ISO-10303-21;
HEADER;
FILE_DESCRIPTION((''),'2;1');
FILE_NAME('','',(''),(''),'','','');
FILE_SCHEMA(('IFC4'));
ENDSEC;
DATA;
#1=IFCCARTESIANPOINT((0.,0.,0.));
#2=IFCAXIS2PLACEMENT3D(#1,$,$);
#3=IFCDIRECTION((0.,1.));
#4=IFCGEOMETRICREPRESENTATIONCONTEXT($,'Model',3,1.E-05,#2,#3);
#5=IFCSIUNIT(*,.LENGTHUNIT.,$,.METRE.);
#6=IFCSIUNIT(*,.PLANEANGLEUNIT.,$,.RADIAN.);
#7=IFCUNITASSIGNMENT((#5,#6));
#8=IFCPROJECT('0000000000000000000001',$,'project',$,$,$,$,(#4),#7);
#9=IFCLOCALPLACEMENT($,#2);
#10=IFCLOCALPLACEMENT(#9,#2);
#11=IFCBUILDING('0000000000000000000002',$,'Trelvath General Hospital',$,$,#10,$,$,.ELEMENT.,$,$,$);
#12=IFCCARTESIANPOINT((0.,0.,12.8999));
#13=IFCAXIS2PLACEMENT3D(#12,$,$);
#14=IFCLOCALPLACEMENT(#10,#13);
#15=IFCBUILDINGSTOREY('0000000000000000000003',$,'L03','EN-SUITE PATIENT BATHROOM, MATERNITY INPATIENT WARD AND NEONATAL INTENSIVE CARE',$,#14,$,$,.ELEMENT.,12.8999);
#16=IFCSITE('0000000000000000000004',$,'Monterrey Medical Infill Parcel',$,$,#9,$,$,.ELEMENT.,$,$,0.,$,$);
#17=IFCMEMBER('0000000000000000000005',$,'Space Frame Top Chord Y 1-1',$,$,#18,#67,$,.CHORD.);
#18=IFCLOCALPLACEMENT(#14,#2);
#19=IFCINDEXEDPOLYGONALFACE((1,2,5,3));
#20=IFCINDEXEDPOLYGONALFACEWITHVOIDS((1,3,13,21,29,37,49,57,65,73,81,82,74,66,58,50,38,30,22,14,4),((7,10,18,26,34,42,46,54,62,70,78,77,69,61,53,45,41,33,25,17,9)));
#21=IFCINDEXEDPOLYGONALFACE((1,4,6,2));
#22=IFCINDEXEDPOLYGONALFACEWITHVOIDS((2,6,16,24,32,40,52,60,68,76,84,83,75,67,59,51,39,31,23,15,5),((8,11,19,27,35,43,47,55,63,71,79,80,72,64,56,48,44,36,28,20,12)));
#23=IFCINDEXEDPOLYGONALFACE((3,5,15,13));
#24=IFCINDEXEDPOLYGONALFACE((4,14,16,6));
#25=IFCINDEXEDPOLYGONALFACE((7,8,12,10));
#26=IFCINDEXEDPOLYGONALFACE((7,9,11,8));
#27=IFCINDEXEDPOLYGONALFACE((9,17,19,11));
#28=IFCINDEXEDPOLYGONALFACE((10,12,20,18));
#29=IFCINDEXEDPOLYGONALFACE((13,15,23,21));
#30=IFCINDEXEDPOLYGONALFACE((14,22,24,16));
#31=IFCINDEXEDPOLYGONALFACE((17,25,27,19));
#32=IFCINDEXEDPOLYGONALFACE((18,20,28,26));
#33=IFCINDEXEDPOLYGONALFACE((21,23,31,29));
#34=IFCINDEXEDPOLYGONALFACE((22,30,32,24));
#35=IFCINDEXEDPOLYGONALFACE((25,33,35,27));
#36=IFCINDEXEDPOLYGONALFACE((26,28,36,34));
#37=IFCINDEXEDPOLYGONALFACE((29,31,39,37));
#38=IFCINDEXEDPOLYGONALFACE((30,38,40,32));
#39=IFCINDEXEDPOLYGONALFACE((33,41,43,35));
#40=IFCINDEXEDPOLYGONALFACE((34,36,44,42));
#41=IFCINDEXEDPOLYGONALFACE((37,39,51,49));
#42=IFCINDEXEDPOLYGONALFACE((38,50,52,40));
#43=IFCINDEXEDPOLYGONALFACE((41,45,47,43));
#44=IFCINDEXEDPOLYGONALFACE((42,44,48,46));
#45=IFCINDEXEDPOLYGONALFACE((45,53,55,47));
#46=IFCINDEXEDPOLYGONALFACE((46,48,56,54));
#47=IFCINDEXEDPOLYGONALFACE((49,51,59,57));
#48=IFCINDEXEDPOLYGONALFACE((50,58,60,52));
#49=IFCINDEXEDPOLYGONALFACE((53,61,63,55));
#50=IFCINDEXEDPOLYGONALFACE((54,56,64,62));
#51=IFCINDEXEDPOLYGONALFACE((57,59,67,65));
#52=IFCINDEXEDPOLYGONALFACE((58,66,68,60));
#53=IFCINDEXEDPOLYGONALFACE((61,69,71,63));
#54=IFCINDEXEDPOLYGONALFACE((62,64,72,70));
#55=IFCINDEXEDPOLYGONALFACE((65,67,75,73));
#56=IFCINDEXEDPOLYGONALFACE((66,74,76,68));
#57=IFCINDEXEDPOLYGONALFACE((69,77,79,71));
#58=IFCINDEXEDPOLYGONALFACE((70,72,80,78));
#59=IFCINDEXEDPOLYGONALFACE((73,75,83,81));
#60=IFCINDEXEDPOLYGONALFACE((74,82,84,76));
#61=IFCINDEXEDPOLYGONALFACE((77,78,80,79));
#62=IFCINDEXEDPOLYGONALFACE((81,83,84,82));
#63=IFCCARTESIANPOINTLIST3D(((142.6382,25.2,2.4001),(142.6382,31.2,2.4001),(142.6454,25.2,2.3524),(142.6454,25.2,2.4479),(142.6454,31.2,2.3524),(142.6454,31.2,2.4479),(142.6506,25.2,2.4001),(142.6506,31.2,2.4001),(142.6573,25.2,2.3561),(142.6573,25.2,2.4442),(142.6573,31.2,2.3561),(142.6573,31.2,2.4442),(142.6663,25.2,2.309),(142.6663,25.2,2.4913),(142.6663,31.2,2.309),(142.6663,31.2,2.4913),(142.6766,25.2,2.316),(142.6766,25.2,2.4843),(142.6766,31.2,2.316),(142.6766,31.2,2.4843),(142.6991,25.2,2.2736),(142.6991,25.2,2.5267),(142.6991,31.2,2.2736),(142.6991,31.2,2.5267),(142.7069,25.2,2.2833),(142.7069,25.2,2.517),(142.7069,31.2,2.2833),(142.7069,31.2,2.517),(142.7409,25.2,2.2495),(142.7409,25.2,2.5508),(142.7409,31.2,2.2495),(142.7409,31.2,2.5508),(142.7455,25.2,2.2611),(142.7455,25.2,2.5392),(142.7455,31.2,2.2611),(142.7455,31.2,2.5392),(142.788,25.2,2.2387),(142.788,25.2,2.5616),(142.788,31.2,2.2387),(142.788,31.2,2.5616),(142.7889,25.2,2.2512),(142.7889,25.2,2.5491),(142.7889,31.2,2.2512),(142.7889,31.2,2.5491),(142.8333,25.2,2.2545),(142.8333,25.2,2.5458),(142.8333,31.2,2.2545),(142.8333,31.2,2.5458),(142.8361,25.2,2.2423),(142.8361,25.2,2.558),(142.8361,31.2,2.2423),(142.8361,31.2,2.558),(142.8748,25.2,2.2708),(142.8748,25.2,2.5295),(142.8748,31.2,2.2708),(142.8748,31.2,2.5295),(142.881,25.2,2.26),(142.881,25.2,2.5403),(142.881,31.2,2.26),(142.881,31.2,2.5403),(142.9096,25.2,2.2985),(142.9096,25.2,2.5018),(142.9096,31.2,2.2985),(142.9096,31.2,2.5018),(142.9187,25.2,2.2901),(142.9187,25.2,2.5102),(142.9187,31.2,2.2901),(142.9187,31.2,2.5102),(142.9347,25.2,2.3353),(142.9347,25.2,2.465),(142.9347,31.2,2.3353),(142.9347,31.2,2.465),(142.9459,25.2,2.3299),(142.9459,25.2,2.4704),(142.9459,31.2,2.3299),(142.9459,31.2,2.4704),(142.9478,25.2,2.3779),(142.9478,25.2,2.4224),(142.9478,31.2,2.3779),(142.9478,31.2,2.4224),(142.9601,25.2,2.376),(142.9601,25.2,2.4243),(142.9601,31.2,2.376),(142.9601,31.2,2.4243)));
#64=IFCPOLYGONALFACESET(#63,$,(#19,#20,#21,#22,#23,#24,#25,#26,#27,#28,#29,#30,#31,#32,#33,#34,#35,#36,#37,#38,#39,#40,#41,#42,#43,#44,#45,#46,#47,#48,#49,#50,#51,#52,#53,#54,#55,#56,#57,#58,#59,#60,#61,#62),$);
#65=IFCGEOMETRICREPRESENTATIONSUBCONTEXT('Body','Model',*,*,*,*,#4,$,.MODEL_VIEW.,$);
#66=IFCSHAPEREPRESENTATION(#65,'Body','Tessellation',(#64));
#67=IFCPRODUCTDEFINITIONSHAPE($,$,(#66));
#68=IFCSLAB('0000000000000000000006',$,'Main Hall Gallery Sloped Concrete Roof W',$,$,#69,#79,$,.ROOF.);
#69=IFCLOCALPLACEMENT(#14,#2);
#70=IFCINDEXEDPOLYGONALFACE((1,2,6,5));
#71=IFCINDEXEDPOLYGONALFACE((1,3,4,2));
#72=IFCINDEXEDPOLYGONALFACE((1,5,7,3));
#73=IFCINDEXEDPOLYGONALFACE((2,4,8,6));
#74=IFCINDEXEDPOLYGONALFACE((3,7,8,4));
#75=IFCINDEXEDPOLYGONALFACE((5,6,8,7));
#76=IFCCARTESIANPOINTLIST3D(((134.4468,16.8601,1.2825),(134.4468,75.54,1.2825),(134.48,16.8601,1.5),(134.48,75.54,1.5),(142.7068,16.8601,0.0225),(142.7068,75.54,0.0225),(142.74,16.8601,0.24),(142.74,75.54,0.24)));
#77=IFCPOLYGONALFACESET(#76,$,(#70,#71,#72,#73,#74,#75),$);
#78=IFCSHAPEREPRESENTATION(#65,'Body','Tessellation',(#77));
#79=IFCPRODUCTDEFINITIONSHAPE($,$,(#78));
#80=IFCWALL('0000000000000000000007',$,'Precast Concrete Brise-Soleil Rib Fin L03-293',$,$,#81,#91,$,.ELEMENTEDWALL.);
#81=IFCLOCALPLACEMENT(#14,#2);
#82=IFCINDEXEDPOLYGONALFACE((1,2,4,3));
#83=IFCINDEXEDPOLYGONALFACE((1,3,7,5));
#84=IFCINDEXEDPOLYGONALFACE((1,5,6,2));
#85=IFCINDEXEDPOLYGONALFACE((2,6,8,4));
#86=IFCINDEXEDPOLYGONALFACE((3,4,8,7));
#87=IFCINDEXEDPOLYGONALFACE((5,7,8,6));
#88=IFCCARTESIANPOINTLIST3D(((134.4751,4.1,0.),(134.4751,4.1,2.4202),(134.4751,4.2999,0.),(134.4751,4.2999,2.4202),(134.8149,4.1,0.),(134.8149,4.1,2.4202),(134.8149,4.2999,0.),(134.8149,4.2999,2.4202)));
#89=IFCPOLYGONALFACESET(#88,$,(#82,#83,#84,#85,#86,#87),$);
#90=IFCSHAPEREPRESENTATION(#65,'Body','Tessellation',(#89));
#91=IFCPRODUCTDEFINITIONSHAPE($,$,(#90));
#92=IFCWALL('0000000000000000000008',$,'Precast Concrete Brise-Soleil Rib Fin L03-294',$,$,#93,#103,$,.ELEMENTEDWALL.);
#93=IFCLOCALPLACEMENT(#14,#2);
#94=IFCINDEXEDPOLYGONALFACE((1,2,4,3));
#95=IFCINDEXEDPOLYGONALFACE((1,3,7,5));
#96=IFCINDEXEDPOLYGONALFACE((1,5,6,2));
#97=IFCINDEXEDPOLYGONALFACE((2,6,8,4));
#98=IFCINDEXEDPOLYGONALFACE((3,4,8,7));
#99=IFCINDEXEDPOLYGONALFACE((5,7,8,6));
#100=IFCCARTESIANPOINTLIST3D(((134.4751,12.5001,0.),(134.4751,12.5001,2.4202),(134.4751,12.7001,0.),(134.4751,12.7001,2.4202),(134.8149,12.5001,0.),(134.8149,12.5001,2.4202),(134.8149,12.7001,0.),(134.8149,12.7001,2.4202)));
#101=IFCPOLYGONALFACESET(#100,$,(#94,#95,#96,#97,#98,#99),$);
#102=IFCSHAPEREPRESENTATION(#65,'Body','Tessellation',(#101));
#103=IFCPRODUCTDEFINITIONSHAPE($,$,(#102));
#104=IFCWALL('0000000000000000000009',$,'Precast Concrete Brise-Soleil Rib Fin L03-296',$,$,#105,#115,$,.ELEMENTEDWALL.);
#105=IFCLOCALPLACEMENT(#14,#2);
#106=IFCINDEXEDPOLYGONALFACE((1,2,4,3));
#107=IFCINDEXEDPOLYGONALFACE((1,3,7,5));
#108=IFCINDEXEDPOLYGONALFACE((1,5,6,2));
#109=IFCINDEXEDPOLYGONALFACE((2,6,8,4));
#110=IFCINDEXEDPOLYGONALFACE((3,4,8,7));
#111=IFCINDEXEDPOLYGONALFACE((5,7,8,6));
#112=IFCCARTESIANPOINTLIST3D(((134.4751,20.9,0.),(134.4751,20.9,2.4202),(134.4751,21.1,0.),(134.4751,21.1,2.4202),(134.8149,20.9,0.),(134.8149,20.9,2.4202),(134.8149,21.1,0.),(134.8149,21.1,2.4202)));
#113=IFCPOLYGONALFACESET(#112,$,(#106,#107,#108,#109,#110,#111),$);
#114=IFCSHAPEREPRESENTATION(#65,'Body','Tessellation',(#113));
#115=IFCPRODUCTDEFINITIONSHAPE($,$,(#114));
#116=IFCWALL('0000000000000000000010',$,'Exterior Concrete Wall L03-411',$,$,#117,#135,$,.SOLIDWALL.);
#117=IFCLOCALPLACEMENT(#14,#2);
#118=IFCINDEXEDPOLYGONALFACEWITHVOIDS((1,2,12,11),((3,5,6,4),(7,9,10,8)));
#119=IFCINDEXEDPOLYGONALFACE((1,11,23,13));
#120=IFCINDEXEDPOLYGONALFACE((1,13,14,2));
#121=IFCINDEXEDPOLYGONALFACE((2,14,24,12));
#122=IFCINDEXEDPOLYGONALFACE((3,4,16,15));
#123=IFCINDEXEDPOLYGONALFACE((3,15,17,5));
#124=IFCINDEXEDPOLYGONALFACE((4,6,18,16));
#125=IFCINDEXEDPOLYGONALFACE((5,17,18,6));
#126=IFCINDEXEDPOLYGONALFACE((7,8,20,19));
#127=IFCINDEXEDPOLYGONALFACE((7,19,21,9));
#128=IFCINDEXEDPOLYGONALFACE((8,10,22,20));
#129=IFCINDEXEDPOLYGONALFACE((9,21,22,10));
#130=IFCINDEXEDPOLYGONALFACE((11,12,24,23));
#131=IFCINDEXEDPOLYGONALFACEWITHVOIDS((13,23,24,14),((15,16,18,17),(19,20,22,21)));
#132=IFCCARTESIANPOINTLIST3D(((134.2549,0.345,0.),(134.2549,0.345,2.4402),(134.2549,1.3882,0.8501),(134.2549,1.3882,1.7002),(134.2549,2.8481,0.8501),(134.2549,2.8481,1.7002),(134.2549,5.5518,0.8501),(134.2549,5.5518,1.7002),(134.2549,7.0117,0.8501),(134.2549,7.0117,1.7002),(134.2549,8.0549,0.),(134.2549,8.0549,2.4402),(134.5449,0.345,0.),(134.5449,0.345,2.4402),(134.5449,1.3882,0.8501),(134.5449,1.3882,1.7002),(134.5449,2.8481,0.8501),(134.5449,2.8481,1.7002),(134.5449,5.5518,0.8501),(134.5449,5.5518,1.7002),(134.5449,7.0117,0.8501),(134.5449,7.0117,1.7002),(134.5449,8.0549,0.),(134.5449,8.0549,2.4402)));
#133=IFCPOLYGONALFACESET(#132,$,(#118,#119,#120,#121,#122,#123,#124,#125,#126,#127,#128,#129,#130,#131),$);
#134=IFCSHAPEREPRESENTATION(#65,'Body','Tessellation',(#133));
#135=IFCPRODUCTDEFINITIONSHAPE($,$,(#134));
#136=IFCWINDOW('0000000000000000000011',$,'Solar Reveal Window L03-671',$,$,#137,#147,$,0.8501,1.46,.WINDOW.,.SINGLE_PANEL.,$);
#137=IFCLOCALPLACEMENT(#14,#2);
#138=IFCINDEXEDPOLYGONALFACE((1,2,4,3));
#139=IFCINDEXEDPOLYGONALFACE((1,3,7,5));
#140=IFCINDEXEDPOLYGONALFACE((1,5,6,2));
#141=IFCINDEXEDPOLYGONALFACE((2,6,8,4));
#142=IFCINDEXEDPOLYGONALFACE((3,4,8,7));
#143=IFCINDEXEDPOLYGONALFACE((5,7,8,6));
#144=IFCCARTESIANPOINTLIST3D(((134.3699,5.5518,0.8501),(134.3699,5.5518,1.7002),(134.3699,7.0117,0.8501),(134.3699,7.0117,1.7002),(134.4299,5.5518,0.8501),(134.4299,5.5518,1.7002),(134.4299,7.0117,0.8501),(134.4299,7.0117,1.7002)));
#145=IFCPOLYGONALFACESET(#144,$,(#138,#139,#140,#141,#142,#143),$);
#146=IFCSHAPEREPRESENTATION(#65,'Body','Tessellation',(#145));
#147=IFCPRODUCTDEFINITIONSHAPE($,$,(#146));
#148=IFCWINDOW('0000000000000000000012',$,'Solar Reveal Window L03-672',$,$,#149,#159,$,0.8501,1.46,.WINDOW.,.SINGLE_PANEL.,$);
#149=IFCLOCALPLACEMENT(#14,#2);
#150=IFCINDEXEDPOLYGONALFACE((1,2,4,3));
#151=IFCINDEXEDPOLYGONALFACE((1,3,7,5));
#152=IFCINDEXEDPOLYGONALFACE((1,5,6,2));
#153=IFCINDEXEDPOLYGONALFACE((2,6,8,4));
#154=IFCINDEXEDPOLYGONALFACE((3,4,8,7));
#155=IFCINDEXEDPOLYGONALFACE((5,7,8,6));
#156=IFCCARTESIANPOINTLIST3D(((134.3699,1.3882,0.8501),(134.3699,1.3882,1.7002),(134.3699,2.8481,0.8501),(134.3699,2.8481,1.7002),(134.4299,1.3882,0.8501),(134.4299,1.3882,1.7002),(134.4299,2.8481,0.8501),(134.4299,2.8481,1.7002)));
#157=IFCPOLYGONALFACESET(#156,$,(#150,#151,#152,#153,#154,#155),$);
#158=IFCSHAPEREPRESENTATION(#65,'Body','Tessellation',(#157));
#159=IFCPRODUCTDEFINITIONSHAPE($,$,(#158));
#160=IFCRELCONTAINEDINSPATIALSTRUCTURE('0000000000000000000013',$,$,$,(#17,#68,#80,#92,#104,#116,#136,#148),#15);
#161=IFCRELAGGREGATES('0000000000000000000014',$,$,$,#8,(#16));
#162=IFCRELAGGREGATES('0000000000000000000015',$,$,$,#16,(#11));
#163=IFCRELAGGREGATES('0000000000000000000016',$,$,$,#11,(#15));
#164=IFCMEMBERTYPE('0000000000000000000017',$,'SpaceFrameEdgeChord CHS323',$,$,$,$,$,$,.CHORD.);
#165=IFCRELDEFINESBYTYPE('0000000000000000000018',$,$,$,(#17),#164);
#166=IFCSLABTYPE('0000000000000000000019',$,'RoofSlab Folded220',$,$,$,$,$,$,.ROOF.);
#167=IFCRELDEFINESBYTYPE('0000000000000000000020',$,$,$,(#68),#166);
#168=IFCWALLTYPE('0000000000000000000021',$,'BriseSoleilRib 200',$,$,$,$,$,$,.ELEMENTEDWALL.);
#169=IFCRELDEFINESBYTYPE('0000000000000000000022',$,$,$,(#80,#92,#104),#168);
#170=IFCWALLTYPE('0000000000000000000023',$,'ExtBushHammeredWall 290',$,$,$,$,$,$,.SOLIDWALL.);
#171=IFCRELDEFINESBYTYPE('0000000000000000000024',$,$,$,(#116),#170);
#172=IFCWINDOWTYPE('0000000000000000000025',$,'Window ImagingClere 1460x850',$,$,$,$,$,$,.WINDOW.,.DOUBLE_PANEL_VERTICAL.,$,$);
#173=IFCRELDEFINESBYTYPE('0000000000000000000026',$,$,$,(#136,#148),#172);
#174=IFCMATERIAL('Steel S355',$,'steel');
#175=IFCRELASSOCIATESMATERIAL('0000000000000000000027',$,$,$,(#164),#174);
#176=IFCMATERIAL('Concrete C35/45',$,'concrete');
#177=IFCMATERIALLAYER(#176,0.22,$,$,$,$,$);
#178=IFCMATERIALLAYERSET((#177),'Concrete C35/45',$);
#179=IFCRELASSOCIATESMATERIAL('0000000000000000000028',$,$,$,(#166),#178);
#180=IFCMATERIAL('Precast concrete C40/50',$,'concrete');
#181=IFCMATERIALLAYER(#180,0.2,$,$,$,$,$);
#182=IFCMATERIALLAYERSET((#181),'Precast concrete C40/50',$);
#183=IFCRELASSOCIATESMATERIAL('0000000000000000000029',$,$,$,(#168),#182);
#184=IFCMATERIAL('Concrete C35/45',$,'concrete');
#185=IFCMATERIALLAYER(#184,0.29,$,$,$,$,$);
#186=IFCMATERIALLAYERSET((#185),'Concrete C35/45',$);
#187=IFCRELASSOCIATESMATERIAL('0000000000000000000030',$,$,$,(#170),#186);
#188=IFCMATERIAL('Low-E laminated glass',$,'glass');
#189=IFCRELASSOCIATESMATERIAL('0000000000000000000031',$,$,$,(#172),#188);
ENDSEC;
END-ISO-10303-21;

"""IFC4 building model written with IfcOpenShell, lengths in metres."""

from ifc_helpers import new_model, si_unit, direction, frame, frame_2d, origin, origin_2d, place, context, subcontext, project, spatial, polyline, rectangle, hollow_circle, outline, extrude, material, layer, layer_set, material_profile, profile_set, type_object, element, fill, save


model = new_model("IFC4")

# Units and contexts
model_context = context("Model", 3, precision=1e-05, world=origin(), true_north=direction((0.0, 1.0)))
body_context = subcontext(model_context, "Body", "Model", "MODEL_VIEW")
ifc_project = project(units=[si_unit("LENGTHUNIT", "METRE"), si_unit("PLANEANGLEUNIT", "RADIAN")], contexts=[model_context])

# Site, building, storey
site_placement = place(None, origin())
site = spatial("IfcSite", under=ifc_project, at=site_placement, Name="Monterrey Medical Infill Parcel", CompositionType="ELEMENT", RefElevation=0.0)
building_placement = place(site_placement, origin())
building = spatial("IfcBuilding", under=site, at=building_placement, Name="Trelvath General Hospital", CompositionType="ELEMENT")
storey_placement = place(building_placement, frame((0.0, 0.0, 12.8999)))
storey = spatial("IfcBuildingStorey", under=building, at=storey_placement, Name="L03", Description="EN-SUITE PATIENT BATHROOM, MATERNITY INPATIENT WARD AND NEONATAL INTENSIVE CARE", CompositionType="ELEMENT", Elevation=12.8999)

# Member
ifc_material_1 = material(Name="Steel S355", Category="steel")
ifc_material_profile_1 = material_profile(ifc_material_1, hollow_circle(Radius=0.1619, WallThickness=0.0125, at=origin_2d()), Name="CHS323.9x12.5")
ifc_profile_set_1 = profile_set([ifc_material_profile_1], Name="Steel S355")
member_type_1 = type_object("IfcMemberType", Name="SpaceFrameEdgeChord CHS323", PredefinedType="CHORD", material=ifc_profile_set_1)
for number, where, z_axis, x_axis, name in (
    (1, (142.8, 25.2, 2.4001), (0.0, 1.0, 0.0), (-1.0, 0.0, 0.0), "Space Frame Top Chord Y 1-1"),
):
    element("IfcMember", number, at=place(storey_placement, frame(where, z_axis=z_axis, x_axis=x_axis)), inside=storey, type_object=member_type_1, Name=name, PredefinedType="CHORD", context=body_context, shape_type="SweptSolid", body=[
        extrude(hollow_circle(Radius=0.1619, WallThickness=0.0125, at=origin_2d()), origin(), (0.0, 0.0, 1.0), 6.0),
    ])

# Slab
ifc_material_2 = material(Name="Concrete C35/45", Category="concrete")
ifc_layer_1 = layer(ifc_material_2, 0.22)
ifc_layer_set_1 = layer_set([ifc_layer_1], Name="Concrete C35/45")
slab_type = type_object("IfcSlabType", Name="RoofSlab Folded220", PredefinedType="ROOF", material=ifc_layer_set_1)
slab_placement = place(storey_placement, frame((134.48, 16.8601, 1.5), z_axis=(0.150799, 0.0, 0.988564), x_axis=(0.988564, 0.0, -0.150799)))
element("IfcSlab", 2, at=slab_placement, inside=storey, type_object=slab_type, Name="Main Hall Gallery Sloped Concrete Roof W", PredefinedType="ROOF", context=body_context, shape_type="SweptSolid", body=[
    extrude(outline(polyline([(0.0, 0.0), (8.3556, 0.0), (8.3556, 58.6799), (0.0, 58.6799), (0.0, 0.0)])), origin(), (0.0, 0.0, -1.0), 0.22),
])

# Walls
ifc_material_3 = material(Name="Precast concrete C40/50", Category="concrete")
ifc_layer_2 = layer(ifc_material_3, 0.2)
ifc_layer_set_2 = layer_set([ifc_layer_2], Name="Precast concrete C40/50")
wall_type_1 = type_object("IfcWallType", Name="BriseSoleilRib 200", PredefinedType="ELEMENTEDWALL", material=ifc_layer_set_2)
for number, where, z_axis, x_axis, name in (
    (3, (134.4751, 4.2, 0.0), (0.0, 0.0, 1.0), (1.0, 0.0, 0.0), "Precast Concrete Brise-Soleil Rib Fin L03-293"),
    (4, (134.4751, 12.6001, 0.0), (0.0, 0.0, 1.0), (1.0, 0.0, 0.0), "Precast Concrete Brise-Soleil Rib Fin L03-294"),
    (5, (134.4751, 21.0, 0.0), (0.0, 0.0, 1.0), (1.0, 0.0, 0.0), "Precast Concrete Brise-Soleil Rib Fin L03-296"),
):
    element("IfcWall", number, at=place(storey_placement, frame(where, z_axis=z_axis, x_axis=x_axis)), inside=storey, type_object=wall_type_1, Name=name, PredefinedType="ELEMENTEDWALL", context=body_context, shape_type="SweptSolid", body=[
        extrude(rectangle(XDim=0.3398, YDim=0.2, at=frame_2d((0.1699, 0.0))), origin(), (0.0, 0.0, 1.0), 2.4202),
    ])

# Wall, openings, windows
ifc_material_4 = material(Name="Concrete C35/45", Category="concrete")
ifc_layer_3 = layer(ifc_material_4, 0.29)
ifc_layer_set_3 = layer_set([ifc_layer_3], Name="Concrete C35/45")
wall_type_2 = type_object("IfcWallType", Name="ExtBushHammeredWall 290", PredefinedType="SOLIDWALL", material=ifc_layer_set_3)
wall_1_placement = place(storey_placement, frame((134.3999, 8.0549, 0.0), z_axis=(0.0, 0.0, 1.0), x_axis=(0.0, -1.0, 0.0)))
wall_1 = element("IfcWall", 6, at=wall_1_placement, inside=storey, type_object=wall_type_2, Name="Exterior Concrete Wall L03-411", PredefinedType="SOLIDWALL", context=body_context, shape_type="SweptSolid", body=[
    extrude(rectangle(XDim=7.71, YDim=0.29, at=frame_2d((3.855, 0.0))), origin(), (0.0, 0.0, 1.0), 2.4402),
])
opening_1_placement = place(wall_1_placement, frame((1.0432, 0.0, 0.8501)))
opening_1 = element("IfcOpeningElement", 7, at=opening_1_placement, cuts=wall_1, PredefinedType="OPENING", context=body_context, shape_type="SweptSolid", body=[
    extrude(rectangle(XDim=1.46, YDim=0.8501, at=frame_2d((0.73, 0.425))), frame((0.0, 0.155, 0.0), z_axis=(0.0, -1.0, 0.0), x_axis=(1.0, 0.0, 0.0)), (0.0, 0.0, 1.0), 0.3101),
])
opening_2_placement = place(wall_1_placement, frame((5.2068, 0.0, 0.8501)))
opening_2 = element("IfcOpeningElement", 8, at=opening_2_placement, cuts=wall_1, PredefinedType="OPENING", context=body_context, shape_type="SweptSolid", body=[
    extrude(rectangle(XDim=1.46, YDim=0.8501, at=frame_2d((0.73, 0.425))), frame((0.0, 0.155, 0.0), z_axis=(0.0, -1.0, 0.0), x_axis=(1.0, 0.0, 0.0)), (0.0, 0.0, 1.0), 0.3101),
])
ifc_material_5 = material(Name="Low-E laminated glass", Category="glass")
window_type_1 = type_object("IfcWindowType", Name="Window ImagingClere 1460x850", PartitioningType="DOUBLE_PANEL_VERTICAL", PredefinedType="WINDOW", material=ifc_material_5)
window_1_placement = place(opening_1_placement, origin())
window_1 = element("IfcWindow", 9, at=window_1_placement, inside=storey, type_object=window_type_1, Name="Solar Reveal Window L03-671", OverallHeight=0.8501, OverallWidth=1.46, PartitioningType="SINGLE_PANEL", PredefinedType="WINDOW", context=body_context, shape_type="SweptSolid", body=[
    extrude(rectangle(XDim=1.46, YDim=0.8501, at=frame_2d((0.73, 0.425))), frame((0.0, 0.03, 0.0), z_axis=(0.0, -1.0, 0.0), x_axis=(1.0, 0.0, 0.0)), (0.0, 0.0, 1.0), 0.0601),
])
fill(opening_1, window_1)
window_2_placement = place(opening_2_placement, origin())
window_2 = element("IfcWindow", 10, at=window_2_placement, inside=storey, type_object=window_type_1, Name="Solar Reveal Window L03-672", OverallHeight=0.8501, OverallWidth=1.46, PartitioningType="SINGLE_PANEL", PredefinedType="WINDOW", context=body_context, shape_type="SweptSolid", body=[
    extrude(rectangle(XDim=1.46, YDim=0.8501, at=frame_2d((0.73, 0.425))), frame((0.0, 0.03, 0.0), z_axis=(0.0, -1.0, 0.0), x_axis=(1.0, 0.0, 0.0)), (0.0, 0.0, 1.0), 0.0601),
])
fill(opening_2, window_2)

save(model, "model.ifc")
